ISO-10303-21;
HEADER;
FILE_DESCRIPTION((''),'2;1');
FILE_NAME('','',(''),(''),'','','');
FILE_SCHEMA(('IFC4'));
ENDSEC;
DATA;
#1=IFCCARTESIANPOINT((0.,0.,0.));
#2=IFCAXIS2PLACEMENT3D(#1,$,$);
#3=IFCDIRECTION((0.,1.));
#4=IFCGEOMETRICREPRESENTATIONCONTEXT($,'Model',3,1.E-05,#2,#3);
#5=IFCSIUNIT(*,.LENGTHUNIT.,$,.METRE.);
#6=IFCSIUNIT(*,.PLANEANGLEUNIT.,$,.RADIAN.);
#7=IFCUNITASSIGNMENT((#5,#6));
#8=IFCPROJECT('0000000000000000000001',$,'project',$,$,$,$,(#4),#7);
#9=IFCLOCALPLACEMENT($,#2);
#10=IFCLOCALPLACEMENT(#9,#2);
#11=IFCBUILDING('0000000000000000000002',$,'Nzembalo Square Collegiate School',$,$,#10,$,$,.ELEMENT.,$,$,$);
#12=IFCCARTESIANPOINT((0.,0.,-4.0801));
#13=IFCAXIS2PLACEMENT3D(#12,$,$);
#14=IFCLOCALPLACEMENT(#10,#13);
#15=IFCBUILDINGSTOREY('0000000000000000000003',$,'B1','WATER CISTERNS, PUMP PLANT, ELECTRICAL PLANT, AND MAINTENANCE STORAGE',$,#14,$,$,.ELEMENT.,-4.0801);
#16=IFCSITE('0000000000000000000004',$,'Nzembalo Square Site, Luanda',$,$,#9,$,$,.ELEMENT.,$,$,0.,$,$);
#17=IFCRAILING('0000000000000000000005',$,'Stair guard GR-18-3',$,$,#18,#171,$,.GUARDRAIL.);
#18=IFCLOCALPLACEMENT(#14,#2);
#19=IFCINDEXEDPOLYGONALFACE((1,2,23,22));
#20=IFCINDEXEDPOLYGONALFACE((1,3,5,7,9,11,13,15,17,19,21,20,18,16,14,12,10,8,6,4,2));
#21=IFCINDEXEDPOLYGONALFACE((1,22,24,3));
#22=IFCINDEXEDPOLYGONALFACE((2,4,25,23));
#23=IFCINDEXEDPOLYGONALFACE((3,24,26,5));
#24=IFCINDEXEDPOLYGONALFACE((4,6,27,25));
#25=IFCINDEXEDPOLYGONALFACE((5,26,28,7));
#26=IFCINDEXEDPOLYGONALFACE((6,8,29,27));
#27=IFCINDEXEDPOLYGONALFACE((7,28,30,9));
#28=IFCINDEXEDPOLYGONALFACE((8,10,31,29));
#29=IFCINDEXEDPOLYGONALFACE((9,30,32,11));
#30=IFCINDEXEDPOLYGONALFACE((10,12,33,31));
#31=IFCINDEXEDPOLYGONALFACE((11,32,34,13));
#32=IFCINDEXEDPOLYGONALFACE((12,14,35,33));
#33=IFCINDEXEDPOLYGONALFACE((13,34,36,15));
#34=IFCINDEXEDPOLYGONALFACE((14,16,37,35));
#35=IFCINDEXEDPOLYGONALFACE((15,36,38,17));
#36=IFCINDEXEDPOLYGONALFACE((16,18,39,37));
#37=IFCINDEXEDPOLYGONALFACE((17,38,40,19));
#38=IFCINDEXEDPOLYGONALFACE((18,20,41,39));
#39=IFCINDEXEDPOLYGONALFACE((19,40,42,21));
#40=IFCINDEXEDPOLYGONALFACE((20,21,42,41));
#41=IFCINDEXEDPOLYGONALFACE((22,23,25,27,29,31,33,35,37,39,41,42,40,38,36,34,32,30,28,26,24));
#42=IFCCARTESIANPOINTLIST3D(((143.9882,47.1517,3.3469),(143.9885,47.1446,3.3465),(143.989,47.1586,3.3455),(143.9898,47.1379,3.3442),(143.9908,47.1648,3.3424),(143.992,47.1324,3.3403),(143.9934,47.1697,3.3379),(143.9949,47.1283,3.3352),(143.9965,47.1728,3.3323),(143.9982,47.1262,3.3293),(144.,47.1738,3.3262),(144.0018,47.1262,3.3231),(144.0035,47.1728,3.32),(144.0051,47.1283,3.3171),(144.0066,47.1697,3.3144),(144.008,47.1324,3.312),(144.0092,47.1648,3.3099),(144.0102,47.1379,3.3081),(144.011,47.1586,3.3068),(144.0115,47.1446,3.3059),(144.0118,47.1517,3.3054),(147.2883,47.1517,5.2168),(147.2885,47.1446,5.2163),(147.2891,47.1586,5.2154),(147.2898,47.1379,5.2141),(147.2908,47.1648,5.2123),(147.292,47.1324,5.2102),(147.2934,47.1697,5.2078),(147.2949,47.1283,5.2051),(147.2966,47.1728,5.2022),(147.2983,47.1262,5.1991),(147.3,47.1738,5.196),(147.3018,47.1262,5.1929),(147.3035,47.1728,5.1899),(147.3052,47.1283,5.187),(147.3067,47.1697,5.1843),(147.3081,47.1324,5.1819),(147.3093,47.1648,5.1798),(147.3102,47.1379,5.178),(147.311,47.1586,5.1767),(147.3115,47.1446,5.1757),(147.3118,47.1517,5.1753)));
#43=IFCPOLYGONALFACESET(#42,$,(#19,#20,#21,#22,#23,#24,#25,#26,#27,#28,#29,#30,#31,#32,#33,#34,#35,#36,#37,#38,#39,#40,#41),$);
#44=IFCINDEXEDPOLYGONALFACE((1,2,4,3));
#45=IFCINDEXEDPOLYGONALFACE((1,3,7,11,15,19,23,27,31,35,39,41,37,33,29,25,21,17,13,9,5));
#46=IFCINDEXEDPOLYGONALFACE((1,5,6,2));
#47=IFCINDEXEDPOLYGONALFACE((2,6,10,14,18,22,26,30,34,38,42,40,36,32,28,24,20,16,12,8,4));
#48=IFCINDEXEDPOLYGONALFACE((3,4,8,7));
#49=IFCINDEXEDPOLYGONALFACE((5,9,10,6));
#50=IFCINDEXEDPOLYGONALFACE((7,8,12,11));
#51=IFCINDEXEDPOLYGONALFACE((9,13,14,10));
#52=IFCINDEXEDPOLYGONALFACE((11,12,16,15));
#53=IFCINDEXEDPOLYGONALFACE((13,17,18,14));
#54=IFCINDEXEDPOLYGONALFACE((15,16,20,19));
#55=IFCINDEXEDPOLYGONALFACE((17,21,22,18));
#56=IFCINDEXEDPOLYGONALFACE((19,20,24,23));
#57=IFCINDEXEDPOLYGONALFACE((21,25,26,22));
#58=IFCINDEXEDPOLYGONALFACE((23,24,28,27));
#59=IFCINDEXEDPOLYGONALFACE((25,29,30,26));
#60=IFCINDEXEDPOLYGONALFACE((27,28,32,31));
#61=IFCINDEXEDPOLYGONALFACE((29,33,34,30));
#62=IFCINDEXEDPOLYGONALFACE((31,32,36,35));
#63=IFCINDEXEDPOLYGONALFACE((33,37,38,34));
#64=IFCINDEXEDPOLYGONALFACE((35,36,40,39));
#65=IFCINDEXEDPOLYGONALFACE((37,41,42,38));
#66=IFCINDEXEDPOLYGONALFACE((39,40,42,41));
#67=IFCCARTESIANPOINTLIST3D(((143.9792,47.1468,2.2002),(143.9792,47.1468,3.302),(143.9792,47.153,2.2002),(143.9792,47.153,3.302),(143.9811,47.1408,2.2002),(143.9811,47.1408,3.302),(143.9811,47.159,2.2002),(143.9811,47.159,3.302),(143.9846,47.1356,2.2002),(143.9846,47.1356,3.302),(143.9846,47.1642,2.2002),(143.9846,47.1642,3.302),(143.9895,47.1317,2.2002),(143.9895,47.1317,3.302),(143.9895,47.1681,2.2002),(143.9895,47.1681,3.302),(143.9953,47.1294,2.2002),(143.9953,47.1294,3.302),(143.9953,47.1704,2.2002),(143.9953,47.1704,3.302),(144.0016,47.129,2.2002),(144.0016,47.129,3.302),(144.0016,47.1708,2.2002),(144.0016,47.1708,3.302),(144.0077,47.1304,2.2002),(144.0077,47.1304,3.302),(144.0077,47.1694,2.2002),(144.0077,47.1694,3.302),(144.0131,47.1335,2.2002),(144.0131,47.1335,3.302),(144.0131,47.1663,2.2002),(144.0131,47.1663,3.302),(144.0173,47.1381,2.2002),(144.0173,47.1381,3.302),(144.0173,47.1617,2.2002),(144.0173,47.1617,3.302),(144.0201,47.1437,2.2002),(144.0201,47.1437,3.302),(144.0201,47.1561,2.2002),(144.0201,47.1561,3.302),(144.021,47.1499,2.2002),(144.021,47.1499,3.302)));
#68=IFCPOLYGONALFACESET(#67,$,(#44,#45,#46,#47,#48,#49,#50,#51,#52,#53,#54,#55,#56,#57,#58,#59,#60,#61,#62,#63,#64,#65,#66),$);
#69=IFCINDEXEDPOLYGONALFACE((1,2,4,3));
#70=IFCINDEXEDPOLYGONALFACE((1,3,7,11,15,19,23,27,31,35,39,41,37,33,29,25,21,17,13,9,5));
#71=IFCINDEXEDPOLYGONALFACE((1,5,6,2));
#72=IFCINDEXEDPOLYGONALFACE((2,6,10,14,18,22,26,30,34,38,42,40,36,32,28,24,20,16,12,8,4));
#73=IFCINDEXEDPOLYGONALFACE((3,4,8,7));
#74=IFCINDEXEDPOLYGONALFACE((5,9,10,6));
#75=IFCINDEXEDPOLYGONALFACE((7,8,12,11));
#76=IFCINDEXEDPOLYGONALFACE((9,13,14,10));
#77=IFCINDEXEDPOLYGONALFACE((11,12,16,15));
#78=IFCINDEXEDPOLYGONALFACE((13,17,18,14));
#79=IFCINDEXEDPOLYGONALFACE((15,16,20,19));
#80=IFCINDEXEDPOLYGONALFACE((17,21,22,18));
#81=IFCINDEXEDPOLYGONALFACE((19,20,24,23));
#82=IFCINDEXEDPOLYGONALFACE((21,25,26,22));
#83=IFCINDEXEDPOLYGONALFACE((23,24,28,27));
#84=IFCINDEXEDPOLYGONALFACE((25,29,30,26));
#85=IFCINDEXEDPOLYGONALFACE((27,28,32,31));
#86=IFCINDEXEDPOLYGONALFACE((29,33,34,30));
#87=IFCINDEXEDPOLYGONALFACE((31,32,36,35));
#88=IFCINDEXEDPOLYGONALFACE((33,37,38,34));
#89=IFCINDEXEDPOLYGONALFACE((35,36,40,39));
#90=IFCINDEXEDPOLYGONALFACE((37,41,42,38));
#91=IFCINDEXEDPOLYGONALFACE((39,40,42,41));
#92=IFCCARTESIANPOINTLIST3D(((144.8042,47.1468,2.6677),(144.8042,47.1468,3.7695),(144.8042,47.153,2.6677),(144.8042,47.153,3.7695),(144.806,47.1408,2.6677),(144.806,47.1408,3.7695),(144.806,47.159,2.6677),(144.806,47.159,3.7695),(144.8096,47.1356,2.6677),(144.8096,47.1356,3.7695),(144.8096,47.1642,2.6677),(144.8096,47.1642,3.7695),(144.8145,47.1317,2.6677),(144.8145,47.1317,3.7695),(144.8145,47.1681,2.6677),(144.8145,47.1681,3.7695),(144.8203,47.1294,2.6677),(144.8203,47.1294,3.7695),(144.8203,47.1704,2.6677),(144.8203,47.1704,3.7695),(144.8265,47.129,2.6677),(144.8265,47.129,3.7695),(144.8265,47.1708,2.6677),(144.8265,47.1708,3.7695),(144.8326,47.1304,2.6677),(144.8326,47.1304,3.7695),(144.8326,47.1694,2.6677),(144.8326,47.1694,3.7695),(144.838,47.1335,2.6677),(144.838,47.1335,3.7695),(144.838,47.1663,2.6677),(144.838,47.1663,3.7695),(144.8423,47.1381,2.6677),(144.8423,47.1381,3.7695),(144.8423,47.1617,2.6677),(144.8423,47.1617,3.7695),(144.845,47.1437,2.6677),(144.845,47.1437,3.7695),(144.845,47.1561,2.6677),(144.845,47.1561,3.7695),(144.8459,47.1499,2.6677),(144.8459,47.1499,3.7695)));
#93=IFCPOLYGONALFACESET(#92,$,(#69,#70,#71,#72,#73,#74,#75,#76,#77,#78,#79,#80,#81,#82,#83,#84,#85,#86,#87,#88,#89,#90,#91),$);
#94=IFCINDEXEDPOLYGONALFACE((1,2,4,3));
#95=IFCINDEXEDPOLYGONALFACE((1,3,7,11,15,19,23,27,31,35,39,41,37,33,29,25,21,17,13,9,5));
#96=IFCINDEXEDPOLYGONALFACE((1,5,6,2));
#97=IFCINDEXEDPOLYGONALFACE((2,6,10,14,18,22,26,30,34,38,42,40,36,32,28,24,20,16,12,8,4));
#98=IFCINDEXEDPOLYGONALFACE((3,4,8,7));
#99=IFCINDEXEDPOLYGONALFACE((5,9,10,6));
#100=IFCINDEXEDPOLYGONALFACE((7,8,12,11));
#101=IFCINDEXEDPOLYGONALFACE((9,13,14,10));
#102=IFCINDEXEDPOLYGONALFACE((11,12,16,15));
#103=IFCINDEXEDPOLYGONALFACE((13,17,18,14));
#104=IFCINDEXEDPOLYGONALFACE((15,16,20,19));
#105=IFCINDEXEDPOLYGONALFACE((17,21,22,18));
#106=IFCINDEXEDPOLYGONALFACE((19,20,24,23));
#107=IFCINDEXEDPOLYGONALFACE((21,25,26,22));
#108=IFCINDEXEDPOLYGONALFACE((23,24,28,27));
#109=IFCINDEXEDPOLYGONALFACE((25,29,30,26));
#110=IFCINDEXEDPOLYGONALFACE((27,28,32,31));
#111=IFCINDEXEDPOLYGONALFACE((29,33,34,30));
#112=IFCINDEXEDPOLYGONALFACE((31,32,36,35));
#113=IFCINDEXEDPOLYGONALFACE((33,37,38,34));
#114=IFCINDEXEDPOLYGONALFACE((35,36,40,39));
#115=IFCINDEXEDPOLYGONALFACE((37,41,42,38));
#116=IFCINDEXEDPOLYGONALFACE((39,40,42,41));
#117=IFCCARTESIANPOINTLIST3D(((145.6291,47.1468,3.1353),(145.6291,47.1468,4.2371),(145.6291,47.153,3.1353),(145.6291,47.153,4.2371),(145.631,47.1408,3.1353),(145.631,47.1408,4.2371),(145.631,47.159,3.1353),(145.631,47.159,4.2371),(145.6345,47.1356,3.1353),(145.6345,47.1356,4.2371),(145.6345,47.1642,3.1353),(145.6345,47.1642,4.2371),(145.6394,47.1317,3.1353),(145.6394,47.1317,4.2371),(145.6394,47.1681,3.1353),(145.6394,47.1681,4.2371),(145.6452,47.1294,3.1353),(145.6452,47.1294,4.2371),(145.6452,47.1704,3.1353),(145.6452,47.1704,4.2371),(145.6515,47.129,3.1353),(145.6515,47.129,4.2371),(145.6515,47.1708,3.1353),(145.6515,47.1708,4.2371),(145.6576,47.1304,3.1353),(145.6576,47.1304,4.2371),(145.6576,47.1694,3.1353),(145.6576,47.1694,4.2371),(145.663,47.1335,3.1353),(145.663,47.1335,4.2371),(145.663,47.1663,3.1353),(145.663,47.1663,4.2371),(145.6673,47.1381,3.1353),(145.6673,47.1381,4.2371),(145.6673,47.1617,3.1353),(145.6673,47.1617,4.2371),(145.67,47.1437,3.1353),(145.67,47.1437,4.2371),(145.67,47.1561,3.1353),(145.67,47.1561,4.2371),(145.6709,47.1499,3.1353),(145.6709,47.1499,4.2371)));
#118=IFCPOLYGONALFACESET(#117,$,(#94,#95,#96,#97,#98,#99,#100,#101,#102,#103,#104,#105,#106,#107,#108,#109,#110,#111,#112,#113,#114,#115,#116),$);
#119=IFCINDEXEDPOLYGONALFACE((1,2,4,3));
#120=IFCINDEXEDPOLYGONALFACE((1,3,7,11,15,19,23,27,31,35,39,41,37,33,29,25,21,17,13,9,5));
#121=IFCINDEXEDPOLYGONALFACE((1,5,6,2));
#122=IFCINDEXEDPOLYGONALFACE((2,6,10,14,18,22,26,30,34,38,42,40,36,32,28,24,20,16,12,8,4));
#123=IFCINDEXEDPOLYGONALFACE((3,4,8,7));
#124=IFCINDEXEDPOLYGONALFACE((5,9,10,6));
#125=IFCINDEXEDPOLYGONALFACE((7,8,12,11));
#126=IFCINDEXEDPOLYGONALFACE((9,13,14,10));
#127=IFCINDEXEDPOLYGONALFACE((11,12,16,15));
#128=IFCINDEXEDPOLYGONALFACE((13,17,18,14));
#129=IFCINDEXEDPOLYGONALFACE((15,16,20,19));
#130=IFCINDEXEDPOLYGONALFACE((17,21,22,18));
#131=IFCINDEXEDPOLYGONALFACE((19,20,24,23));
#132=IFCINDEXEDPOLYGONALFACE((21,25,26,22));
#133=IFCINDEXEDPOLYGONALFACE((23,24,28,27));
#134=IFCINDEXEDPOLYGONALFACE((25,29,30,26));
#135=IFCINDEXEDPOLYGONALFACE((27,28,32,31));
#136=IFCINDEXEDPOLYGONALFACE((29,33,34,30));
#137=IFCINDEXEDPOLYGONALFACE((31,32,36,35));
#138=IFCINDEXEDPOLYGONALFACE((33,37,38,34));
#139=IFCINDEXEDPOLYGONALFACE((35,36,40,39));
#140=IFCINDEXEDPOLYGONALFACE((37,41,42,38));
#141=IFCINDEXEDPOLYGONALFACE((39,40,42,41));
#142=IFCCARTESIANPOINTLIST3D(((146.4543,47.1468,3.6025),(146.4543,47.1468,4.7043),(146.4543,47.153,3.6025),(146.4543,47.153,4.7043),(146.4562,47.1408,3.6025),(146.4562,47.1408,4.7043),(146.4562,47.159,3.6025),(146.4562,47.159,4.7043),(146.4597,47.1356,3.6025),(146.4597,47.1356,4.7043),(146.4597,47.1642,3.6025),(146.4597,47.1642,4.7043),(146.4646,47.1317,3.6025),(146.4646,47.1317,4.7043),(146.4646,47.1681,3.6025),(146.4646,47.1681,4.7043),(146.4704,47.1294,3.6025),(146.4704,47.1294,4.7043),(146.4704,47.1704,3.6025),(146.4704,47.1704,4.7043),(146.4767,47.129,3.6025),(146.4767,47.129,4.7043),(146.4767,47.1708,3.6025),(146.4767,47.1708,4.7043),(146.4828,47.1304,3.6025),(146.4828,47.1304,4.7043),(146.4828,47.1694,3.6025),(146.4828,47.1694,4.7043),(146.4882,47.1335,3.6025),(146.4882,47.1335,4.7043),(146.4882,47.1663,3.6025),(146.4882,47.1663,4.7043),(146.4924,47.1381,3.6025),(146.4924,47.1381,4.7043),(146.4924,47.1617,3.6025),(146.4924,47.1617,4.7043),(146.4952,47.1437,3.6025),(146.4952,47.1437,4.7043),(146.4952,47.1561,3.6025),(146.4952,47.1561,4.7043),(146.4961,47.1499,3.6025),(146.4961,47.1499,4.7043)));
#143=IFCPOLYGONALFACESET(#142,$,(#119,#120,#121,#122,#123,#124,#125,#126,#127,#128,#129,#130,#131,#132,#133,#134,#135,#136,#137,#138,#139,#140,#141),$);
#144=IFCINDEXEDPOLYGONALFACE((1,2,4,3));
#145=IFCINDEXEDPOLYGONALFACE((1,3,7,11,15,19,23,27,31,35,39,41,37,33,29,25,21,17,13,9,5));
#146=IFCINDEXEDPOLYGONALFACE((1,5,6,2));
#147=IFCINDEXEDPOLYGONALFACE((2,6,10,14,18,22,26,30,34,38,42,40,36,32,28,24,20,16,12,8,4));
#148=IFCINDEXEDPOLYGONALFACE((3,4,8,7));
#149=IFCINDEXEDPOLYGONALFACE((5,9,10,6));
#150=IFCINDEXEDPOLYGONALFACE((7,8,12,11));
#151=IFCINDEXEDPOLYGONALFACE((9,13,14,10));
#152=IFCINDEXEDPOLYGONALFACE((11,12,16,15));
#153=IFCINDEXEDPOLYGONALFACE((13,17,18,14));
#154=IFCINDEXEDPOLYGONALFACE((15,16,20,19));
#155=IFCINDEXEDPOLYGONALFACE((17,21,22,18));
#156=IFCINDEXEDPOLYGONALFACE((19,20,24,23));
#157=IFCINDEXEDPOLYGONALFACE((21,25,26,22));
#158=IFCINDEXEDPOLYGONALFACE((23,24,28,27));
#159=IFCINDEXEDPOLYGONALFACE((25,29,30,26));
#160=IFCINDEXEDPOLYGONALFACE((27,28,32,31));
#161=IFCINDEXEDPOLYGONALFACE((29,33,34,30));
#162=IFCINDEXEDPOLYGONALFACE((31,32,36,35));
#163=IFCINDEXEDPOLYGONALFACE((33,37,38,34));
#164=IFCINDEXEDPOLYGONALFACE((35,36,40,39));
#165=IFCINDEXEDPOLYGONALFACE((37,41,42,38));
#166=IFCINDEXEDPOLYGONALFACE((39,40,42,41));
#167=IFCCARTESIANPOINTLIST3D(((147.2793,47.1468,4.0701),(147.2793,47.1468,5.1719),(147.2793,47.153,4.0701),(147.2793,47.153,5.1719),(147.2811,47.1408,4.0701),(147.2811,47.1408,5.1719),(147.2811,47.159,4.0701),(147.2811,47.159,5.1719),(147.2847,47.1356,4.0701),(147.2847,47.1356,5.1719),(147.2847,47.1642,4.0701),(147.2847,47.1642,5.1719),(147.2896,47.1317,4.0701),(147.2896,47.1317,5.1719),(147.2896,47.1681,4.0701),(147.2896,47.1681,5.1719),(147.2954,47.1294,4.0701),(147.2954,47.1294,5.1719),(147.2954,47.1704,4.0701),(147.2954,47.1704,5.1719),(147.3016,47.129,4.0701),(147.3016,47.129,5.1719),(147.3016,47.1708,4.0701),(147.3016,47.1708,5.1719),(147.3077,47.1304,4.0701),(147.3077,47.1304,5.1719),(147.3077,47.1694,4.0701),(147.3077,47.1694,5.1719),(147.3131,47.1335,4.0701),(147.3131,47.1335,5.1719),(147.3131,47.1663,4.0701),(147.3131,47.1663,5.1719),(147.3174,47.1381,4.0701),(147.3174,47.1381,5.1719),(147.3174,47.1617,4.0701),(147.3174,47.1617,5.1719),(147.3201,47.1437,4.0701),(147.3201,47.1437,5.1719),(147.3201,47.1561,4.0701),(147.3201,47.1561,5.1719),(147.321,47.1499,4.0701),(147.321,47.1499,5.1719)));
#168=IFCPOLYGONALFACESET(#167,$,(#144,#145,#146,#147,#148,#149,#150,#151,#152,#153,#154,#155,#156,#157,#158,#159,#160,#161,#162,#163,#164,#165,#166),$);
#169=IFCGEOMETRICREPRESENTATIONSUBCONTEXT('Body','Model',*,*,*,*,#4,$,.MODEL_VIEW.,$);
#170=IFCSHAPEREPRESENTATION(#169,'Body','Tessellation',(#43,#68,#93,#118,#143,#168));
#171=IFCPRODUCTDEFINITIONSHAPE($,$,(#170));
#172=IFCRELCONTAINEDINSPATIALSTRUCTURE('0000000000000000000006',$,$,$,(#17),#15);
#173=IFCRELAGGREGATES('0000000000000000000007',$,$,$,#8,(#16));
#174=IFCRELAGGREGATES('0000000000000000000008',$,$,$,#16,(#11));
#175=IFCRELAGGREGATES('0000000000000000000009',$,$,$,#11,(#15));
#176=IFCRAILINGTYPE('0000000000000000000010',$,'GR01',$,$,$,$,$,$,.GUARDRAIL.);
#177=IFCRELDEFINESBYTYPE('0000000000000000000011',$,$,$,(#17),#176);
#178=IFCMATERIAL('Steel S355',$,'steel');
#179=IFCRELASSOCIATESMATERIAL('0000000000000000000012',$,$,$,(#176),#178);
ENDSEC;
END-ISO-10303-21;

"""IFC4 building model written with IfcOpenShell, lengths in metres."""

from ifc_helpers import new_model, si_unit, direction, frame, origin, origin_2d, place, context, subcontext, project, spatial, circle, extrude, material, type_object, element, save


model = new_model("IFC4")

# Units and contexts
model_context = context("Model", 3, precision=1e-05, world=origin(), true_north=direction((0.0, 1.0)))
body_context = subcontext(model_context, "Body", "Model", "MODEL_VIEW")
ifc_project = project(units=[si_unit("LENGTHUNIT", "METRE"), si_unit("PLANEANGLEUNIT", "RADIAN")], contexts=[model_context])

# Site, building, storey
site_placement = place(None, origin())
site = spatial("IfcSite", under=ifc_project, at=site_placement, Name="Nzembalo Square Site, Luanda", CompositionType="ELEMENT", RefElevation=0.0)
building_placement = place(site_placement, origin())
building = spatial("IfcBuilding", under=site, at=building_placement, Name="Nzembalo Square Collegiate School", CompositionType="ELEMENT")
storey_placement = place(building_placement, frame((0.0, 0.0, -4.0801)))
storey = spatial("IfcBuildingStorey", under=building, at=storey_placement, Name="B1", Description="WATER CISTERNS, PUMP PLANT, ELECTRICAL PLANT, AND MAINTENANCE STORAGE", CompositionType="ELEMENT", Elevation=-4.0801)

# Railing
ifc_material_1 = material(Name="Steel S355", Category="steel")
railing_type_1 = type_object("IfcRailingType", Name="GR01", PredefinedType="GUARDRAIL", material=ifc_material_1)
railing_1_placement = place(storey_placement, frame((144.0, 47.1499, 2.2002)))
element("IfcRailing", 1, at=railing_1_placement, inside=storey, type_object=railing_type_1, Name="Stair guard GR-18-3", PredefinedType="GUARDRAIL", context=body_context, shape_type="SweptSolid", body=[
    extrude(circle(Radius=0.0239, at=origin_2d()), frame((0.0, 0.0, 1.126), z_axis=(0.87004, 0.0, 0.492982), x_axis=(0.0, 1.0, 0.0)), (0.0, 0.0, 1.0), 3.793),
    extrude(circle(Radius=0.021, at=origin_2d()), origin(), (0.0, 0.0, 1.0), 1.1018),
    extrude(circle(Radius=0.021, at=origin_2d()), frame((0.825, 0.0, 0.4675)), (0.0, 0.0, 1.0), 1.1018),
    extrude(circle(Radius=0.021, at=origin_2d()), frame((1.6499, 0.0, 0.9351)), (0.0, 0.0, 1.0), 1.1018),
    extrude(circle(Radius=0.021, at=origin_2d()), frame((2.4751, 0.0, 1.4023)), (0.0, 0.0, 1.0), 1.1018),
    extrude(circle(Radius=0.021, at=origin_2d()), frame((3.3, 0.0, 1.8699)), (0.0, 0.0, 1.0), 1.1018),
])

save(model, "model.ifc")
